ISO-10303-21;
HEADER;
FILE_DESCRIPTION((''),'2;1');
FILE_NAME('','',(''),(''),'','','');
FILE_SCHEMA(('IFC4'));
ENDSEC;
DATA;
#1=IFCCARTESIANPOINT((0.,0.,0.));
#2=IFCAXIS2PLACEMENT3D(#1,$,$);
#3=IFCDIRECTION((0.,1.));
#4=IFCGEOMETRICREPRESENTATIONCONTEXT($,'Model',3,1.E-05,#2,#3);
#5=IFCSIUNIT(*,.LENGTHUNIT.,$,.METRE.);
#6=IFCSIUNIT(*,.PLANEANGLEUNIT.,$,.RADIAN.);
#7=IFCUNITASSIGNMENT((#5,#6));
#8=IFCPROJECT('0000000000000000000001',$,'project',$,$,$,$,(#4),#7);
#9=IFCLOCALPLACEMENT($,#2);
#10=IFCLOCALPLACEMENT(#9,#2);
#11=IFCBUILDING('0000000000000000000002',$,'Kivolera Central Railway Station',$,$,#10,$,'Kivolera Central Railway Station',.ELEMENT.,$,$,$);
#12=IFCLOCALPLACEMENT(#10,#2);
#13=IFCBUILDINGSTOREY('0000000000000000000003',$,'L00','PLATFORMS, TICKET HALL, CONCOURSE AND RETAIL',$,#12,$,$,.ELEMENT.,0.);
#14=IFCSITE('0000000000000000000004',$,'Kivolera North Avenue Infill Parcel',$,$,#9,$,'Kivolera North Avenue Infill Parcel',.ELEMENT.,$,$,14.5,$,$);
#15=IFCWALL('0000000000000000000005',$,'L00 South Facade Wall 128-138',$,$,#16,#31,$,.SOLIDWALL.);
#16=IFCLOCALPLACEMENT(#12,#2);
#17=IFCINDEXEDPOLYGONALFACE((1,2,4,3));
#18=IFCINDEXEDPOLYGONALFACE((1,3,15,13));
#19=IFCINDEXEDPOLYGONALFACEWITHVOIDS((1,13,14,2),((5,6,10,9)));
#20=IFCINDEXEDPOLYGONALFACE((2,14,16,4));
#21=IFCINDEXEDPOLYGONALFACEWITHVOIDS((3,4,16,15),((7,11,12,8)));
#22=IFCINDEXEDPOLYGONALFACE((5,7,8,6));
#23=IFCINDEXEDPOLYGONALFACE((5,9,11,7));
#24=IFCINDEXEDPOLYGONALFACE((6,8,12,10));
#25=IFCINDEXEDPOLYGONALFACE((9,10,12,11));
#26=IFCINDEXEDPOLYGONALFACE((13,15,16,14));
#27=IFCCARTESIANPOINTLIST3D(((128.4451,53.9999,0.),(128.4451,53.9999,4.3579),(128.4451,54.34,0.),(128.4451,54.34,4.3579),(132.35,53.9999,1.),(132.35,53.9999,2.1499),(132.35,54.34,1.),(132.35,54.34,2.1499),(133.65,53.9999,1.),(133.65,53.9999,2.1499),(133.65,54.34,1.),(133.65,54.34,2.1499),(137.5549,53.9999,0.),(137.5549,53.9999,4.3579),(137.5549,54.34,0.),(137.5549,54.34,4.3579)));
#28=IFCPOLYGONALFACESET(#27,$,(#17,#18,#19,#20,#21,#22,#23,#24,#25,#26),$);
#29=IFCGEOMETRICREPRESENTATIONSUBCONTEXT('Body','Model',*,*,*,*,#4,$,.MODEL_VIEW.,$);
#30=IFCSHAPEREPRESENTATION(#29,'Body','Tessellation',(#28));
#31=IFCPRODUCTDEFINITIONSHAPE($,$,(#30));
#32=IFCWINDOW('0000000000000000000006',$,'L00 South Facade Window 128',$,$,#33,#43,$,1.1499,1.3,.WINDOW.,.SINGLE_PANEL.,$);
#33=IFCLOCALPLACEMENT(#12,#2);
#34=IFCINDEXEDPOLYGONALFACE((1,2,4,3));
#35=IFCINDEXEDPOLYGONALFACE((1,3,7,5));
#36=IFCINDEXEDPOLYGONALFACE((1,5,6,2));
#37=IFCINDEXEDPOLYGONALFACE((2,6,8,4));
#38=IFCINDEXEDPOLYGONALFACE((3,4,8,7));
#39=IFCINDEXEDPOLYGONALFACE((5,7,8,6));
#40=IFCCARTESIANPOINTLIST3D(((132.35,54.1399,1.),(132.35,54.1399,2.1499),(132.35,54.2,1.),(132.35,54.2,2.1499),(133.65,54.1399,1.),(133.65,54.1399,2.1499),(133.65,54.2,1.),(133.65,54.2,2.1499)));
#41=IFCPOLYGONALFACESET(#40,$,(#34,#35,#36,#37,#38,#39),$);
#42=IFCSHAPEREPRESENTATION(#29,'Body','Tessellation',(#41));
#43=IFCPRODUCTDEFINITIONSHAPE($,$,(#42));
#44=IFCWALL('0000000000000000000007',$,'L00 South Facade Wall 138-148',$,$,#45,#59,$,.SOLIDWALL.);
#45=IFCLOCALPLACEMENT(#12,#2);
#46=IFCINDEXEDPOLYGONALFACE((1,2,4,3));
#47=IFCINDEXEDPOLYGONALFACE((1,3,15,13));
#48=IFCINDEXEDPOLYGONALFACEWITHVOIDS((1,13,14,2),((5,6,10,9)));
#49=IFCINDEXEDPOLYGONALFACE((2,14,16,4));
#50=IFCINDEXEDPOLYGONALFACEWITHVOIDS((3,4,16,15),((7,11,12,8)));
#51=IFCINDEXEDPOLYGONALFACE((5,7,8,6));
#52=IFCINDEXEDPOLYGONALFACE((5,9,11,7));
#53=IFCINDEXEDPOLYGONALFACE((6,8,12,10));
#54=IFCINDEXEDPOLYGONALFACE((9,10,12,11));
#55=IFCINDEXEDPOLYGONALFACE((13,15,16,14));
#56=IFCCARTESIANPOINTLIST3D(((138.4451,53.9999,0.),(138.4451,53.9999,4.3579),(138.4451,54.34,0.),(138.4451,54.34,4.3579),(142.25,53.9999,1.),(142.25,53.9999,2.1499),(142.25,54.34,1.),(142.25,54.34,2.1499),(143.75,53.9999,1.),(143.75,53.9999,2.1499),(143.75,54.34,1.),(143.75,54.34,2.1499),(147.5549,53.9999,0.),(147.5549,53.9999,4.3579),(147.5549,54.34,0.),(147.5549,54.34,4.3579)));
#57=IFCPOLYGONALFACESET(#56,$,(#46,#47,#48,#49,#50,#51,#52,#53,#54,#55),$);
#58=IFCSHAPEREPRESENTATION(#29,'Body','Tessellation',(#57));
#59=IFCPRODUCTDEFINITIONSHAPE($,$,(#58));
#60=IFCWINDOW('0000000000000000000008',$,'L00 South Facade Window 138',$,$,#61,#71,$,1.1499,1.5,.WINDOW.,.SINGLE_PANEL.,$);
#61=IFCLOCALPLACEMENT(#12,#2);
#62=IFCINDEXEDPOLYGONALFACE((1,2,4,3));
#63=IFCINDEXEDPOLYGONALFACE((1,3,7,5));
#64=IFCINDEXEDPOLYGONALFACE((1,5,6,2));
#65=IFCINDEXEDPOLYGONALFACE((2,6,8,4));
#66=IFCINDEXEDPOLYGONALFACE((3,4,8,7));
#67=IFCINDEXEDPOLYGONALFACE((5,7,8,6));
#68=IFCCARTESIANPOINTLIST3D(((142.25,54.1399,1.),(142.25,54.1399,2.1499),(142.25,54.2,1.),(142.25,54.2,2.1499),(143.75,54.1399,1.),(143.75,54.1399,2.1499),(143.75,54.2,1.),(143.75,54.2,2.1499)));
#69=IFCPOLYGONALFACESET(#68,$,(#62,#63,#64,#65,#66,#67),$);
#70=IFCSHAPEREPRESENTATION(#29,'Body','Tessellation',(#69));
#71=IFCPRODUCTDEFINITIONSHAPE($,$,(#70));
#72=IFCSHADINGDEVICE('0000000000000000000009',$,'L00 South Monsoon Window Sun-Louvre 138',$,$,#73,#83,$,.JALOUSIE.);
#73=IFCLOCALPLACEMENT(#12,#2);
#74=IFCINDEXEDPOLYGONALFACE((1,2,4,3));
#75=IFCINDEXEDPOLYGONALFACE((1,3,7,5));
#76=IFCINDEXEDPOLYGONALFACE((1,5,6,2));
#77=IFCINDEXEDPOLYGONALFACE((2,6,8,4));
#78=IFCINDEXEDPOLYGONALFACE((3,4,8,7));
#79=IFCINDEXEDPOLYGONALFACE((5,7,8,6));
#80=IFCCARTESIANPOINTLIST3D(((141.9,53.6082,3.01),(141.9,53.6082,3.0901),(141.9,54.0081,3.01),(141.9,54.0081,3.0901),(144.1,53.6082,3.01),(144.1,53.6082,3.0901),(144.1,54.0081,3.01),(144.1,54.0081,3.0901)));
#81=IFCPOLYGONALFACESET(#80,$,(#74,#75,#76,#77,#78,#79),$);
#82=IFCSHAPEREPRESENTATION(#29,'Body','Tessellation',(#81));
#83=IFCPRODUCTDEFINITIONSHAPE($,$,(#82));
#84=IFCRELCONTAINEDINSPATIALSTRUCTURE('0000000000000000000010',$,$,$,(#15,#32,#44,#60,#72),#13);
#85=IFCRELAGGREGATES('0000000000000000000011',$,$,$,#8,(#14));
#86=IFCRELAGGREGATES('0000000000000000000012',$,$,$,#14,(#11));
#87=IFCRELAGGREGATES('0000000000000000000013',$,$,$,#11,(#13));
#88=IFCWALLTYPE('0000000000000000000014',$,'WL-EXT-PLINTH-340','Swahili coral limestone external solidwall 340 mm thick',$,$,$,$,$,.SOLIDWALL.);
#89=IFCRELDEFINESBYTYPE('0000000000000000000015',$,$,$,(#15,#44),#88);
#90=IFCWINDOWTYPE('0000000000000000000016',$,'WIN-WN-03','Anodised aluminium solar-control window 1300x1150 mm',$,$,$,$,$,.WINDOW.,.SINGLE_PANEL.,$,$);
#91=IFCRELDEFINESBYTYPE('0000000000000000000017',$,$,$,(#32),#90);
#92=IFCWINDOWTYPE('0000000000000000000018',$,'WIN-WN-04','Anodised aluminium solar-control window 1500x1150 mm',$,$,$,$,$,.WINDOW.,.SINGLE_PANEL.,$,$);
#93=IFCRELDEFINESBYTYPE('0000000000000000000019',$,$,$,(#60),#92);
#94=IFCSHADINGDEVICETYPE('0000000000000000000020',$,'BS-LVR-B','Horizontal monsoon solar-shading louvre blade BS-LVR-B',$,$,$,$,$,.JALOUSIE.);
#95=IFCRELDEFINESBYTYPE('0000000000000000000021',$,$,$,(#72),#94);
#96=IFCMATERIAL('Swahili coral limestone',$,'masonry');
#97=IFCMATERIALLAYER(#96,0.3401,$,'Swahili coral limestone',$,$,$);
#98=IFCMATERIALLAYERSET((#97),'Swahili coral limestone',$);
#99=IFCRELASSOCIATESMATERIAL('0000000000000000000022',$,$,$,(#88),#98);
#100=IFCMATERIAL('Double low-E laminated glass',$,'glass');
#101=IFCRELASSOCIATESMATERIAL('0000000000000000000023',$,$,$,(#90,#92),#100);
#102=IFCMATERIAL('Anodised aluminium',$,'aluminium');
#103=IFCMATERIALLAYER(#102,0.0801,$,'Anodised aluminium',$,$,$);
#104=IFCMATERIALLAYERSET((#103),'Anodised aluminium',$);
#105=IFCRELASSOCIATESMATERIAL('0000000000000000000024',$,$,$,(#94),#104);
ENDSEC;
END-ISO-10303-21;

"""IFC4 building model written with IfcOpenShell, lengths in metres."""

from ifc_helpers import new_model, si_unit, direction, frame, frame_2d, origin, origin_2d, place, context, subcontext, project, spatial, rectangle, extrude, material, layer, layer_set, type_object, element, fill, save


model = new_model("IFC4")

# Units and contexts
model_context = context("Model", 3, precision=1e-05, world=origin(), true_north=direction((0.0, 1.0)))
body_context = subcontext(model_context, "Body", "Model", "MODEL_VIEW")
ifc_project = project(units=[si_unit("LENGTHUNIT", "METRE"), si_unit("PLANEANGLEUNIT", "RADIAN")], contexts=[model_context])

# Site, building, storey
site_placement = place(None, origin())
site = spatial("IfcSite", under=ifc_project, at=site_placement, Name="Kivolera North Avenue Infill Parcel", LongName="Kivolera North Avenue Infill Parcel", CompositionType="ELEMENT", RefElevation=14.5)
building_placement = place(site_placement, origin())
building = spatial("IfcBuilding", under=site, at=building_placement, Name="Kivolera Central Railway Station", LongName="Kivolera Central Railway Station", CompositionType="ELEMENT")
storey_placement = place(building_placement, origin())
storey = spatial("IfcBuildingStorey", under=building, at=storey_placement, Name="L00", Description="PLATFORMS, TICKET HALL, CONCOURSE AND RETAIL", CompositionType="ELEMENT", Elevation=0.0)

# Walls, openings, windows
ifc_material_1 = material(Name="Swahili coral limestone", Category="masonry")
ifc_layer_1 = layer(ifc_material_1, 0.3401, Name="Swahili coral limestone")
ifc_layer_set_1 = layer_set([ifc_layer_1], Name="Swahili coral limestone")
wall_type = type_object("IfcWallType", Name="WL-EXT-PLINTH-340", Description="Swahili coral limestone external solidwall 340 mm thick", PredefinedType="SOLIDWALL", material=ifc_layer_set_1)
wall_1_placement = place(storey_placement, frame((137.5549, 54.1699, 0.0), z_axis=(0.0, 0.0, 1.0), x_axis=(-1.0, 0.0, 0.0)))
wall_1 = element("IfcWall", 1, at=wall_1_placement, inside=storey, type_object=wall_type, Name="L00 South Facade Wall 128-138", PredefinedType="SOLIDWALL", context=body_context, shape_type="SweptSolid", body=[
    extrude(rectangle(XDim=9.1099, YDim=0.3401, at=frame_2d((4.5549, 0.0))), origin(), (0.0, 0.0, 1.0), 4.3579),
])
opening_1_placement = place(wall_1_placement, frame((3.905, 0.0, 1.0)))
opening_1 = element("IfcOpeningElement", 2, at=opening_1_placement, cuts=wall_1, PredefinedType="OPENING", context=body_context, shape_type="SweptSolid", body=[
    extrude(rectangle(XDim=1.3, YDim=1.1499, at=frame_2d((0.6499, 0.575))), frame((0.0, 0.1799, 0.0), z_axis=(0.0, -1.0, 0.0), x_axis=(1.0, 0.0, 0.0)), (0.0, 0.0, 1.0), 0.3601),
])
ifc_material_2 = material(Name="Double low-E laminated glass", Category="glass")
window_type_1 = type_object("IfcWindowType", Name="WIN-WN-03", Description="Anodised aluminium solar-control window 1300x1150 mm", PartitioningType="SINGLE_PANEL", PredefinedType="WINDOW", material=ifc_material_2)
window_1_placement = place(opening_1_placement, origin())
window_1 = element("IfcWindow", 3, at=window_1_placement, inside=storey, type_object=window_type_1, Name="L00 South Facade Window 128", OverallHeight=1.1499, OverallWidth=1.3, PartitioningType="SINGLE_PANEL", PredefinedType="WINDOW", context=body_context, shape_type="SweptSolid", body=[
    extrude(rectangle(XDim=1.3, YDim=1.1499, at=frame_2d((0.6499, 0.575))), frame((0.0, 0.03, 0.0), z_axis=(0.0, -1.0, 0.0), x_axis=(1.0, 0.0, 0.0)), (0.0, 0.0, 1.0), 0.0601),
])
fill(opening_1, window_1)
wall_2_placement = place(storey_placement, frame((147.5549, 54.1699, 0.0), z_axis=(0.0, 0.0, 1.0), x_axis=(-1.0, 0.0, 0.0)))
wall_2 = element("IfcWall", 4, at=wall_2_placement, inside=storey, type_object=wall_type, Name="L00 South Facade Wall 138-148", PredefinedType="SOLIDWALL", context=body_context, shape_type="SweptSolid", body=[
    extrude(rectangle(XDim=9.1099, YDim=0.3401, at=frame_2d((4.5549, 0.0))), origin(), (0.0, 0.0, 1.0), 4.3579),
])
opening_2_placement = place(wall_2_placement, frame((3.8049, 0.0, 1.0)))
opening_2 = element("IfcOpeningElement", 5, at=opening_2_placement, cuts=wall_2, PredefinedType="OPENING", context=body_context, shape_type="SweptSolid", body=[
    extrude(rectangle(XDim=1.5, YDim=1.1499, at=frame_2d((0.75, 0.575))), frame((0.0, 0.1799, 0.0), z_axis=(0.0, -1.0, 0.0), x_axis=(1.0, 0.0, 0.0)), (0.0, 0.0, 1.0), 0.3601),
])
window_type_2 = type_object("IfcWindowType", Name="WIN-WN-04", Description="Anodised aluminium solar-control window 1500x1150 mm", PartitioningType="SINGLE_PANEL", PredefinedType="WINDOW", material=ifc_material_2)
window_2_placement = place(opening_2_placement, origin())
window_2 = element("IfcWindow", 6, at=window_2_placement, inside=storey, type_object=window_type_2, Name="L00 South Facade Window 138", OverallHeight=1.1499, OverallWidth=1.5, PartitioningType="SINGLE_PANEL", PredefinedType="WINDOW", context=body_context, shape_type="SweptSolid", body=[
    extrude(rectangle(XDim=1.5, YDim=1.1499, at=frame_2d((0.75, 0.575))), frame((0.0, 0.03, 0.0), z_axis=(0.0, -1.0, 0.0), x_axis=(1.0, 0.0, 0.0)), (0.0, 0.0, 1.0), 0.0601),
])
fill(opening_2, window_2)

# Shading device
ifc_material_3 = material(Name="Anodised aluminium", Category="aluminium")
ifc_layer_2 = layer(ifc_material_3, 0.0801, Name="Anodised aluminium")
ifc_layer_set_2 = layer_set([ifc_layer_2], Name="Anodised aluminium")
shading_device_type = type_object("IfcShadingDeviceType", Name="BS-LVR-B", Description="Horizontal monsoon solar-shading louvre blade BS-LVR-B", PredefinedType="JALOUSIE", material=ifc_layer_set_2)
shading_device_placement = place(storey_placement, frame((143.0, 53.8081, 3.01), z_axis=(0.0, 0.0, 1.0), x_axis=(1.0, 0.0, 0.0)))
element("IfcShadingDevice", 7, at=shading_device_placement, inside=storey, type_object=shading_device_type, Name="L00 South Monsoon Window Sun-Louvre 138", PredefinedType="JALOUSIE", context=body_context, shape_type="SweptSolid", body=[
    extrude(rectangle(XDim=2.2, YDim=0.3999, at=origin_2d()), origin(), (0.0, 0.0, 1.0), 0.0801),
])

save(model, "model.ifc")
